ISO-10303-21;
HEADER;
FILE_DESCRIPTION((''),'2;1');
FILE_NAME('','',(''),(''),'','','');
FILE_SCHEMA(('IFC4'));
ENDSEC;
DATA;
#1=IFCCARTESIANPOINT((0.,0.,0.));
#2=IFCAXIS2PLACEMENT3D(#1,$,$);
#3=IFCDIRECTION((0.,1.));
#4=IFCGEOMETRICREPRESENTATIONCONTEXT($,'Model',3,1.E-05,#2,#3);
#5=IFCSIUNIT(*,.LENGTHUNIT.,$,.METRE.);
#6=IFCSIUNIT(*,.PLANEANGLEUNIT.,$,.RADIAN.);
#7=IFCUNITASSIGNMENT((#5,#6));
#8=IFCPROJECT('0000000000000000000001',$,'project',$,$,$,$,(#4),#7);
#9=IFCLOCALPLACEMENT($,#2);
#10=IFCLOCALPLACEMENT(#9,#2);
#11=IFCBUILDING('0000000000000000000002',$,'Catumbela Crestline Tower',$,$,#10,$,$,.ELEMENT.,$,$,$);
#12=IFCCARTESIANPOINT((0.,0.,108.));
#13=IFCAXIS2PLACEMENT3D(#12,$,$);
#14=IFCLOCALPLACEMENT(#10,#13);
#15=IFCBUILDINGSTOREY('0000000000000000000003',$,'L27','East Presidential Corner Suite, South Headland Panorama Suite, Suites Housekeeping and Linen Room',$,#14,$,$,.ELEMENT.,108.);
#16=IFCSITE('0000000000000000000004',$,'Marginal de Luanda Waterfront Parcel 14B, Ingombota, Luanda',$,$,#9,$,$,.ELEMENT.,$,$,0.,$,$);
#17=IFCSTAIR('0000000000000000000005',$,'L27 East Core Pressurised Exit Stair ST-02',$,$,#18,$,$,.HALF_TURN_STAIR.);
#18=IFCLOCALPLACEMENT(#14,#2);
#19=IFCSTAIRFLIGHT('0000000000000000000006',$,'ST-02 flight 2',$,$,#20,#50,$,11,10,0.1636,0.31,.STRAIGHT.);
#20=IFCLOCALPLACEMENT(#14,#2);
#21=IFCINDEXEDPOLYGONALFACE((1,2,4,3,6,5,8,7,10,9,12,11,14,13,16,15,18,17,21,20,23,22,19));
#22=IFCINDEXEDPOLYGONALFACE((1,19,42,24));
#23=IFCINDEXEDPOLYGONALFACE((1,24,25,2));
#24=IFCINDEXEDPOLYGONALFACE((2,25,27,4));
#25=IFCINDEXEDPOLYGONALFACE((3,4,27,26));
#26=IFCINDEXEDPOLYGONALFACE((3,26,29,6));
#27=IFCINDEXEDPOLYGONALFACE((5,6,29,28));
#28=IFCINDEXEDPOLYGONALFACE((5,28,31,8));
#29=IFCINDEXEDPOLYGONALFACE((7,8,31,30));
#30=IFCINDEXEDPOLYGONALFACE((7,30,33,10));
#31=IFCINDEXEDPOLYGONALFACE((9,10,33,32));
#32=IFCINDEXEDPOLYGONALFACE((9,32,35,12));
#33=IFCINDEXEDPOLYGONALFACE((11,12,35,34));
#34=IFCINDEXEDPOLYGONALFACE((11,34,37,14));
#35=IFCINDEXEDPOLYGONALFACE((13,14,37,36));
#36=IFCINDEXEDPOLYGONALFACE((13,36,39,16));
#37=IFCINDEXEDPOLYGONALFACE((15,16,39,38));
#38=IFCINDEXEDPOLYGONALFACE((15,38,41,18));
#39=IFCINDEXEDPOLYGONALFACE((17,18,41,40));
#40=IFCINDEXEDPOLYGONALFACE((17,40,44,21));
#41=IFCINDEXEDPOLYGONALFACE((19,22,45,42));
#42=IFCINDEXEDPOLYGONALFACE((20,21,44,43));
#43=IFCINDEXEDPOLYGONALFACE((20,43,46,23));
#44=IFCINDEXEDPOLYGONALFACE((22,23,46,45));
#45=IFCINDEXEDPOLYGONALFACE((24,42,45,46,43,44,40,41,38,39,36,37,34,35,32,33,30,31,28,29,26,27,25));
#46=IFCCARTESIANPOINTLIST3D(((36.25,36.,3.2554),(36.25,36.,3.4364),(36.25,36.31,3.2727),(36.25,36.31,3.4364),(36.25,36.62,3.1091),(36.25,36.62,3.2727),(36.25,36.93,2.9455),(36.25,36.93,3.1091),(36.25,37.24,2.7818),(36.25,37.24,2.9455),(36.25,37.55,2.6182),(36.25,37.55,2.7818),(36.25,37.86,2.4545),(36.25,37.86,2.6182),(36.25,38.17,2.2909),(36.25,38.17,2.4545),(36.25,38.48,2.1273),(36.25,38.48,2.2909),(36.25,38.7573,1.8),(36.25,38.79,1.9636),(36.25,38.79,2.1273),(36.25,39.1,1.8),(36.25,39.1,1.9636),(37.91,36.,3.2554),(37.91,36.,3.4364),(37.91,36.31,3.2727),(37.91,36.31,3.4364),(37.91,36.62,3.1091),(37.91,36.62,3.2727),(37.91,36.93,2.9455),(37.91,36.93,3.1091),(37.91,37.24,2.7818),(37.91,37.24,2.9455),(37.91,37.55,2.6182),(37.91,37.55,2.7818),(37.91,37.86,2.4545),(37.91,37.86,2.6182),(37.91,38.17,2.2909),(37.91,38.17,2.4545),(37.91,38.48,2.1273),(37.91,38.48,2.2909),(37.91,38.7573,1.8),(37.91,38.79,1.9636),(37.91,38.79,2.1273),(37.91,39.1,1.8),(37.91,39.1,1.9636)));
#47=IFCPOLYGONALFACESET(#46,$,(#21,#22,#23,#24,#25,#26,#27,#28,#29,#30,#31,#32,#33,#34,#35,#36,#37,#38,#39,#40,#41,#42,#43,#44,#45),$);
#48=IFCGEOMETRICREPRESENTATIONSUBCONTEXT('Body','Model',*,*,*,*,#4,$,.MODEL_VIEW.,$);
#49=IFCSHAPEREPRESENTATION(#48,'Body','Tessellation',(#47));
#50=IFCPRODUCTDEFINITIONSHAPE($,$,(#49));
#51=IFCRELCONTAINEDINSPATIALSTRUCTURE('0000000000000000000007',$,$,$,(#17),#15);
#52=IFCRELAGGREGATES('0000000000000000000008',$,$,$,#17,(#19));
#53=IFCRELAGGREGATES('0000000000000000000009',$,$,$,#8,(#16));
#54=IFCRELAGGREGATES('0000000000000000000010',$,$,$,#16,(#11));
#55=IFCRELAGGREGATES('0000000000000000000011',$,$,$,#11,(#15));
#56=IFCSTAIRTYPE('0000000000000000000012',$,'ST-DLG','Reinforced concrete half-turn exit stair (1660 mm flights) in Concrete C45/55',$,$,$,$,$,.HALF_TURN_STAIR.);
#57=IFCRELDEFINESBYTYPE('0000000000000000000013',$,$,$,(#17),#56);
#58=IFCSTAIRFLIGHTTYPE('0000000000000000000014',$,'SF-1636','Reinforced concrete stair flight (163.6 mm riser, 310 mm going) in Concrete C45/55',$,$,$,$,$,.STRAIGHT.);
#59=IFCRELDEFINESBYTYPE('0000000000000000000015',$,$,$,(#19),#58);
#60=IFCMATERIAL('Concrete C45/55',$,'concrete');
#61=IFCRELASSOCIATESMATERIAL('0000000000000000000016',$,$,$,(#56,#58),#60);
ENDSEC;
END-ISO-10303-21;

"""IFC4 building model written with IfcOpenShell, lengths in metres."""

from ifc_helpers import new_model, si_unit, direction, frame, origin, place, context, subcontext, project, spatial, polyline, outline, extrude, material, type_object, element, aggregate, save


model = new_model("IFC4")

# Units and contexts
model_context = context("Model", 3, precision=1e-05, world=origin(), true_north=direction((0.0, 1.0)))
body_context = subcontext(model_context, "Body", "Model", "MODEL_VIEW")
ifc_project = project(units=[si_unit("LENGTHUNIT", "METRE"), si_unit("PLANEANGLEUNIT", "RADIAN")], contexts=[model_context])

# Site, building, storey
site_placement = place(None, origin())
site = spatial("IfcSite", under=ifc_project, at=site_placement, Name="Marginal de Luanda Waterfront Parcel 14B, Ingombota, Luanda", CompositionType="ELEMENT", RefElevation=0.0)
building_placement = place(site_placement, origin())
building = spatial("IfcBuilding", under=site, at=building_placement, Name="Catumbela Crestline Tower", CompositionType="ELEMENT")
storey_placement = place(building_placement, frame((0.0, 0.0, 108.0)))
storey = spatial("IfcBuildingStorey", under=building, at=storey_placement, Name="L27", Description="East Presidential Corner Suite, South Headland Panorama Suite, Suites Housekeeping and Linen Room", CompositionType="ELEMENT", Elevation=108.0)

# Stair, stair flight
ifc_material_1 = material(Name="Concrete C45/55", Category="concrete")
stair_type = type_object("IfcStairType", Name="ST-DLG", Description="Reinforced concrete half-turn exit stair (1660 mm flights) in Concrete C45/55", PredefinedType="HALF_TURN_STAIR", material=ifc_material_1)
stair_placement = place(storey_placement, origin())
stair = element("IfcStair", 1, at=stair_placement, inside=storey, type_object=stair_type, Name="L27 East Core Pressurised Exit Stair ST-02", PredefinedType="HALF_TURN_STAIR")
stair_flight_type = type_object("IfcStairFlightType", Name="SF-1636", Description="Reinforced concrete stair flight (163.6 mm riser, 310 mm going) in Concrete C45/55", PredefinedType="STRAIGHT", material=ifc_material_1)
stair_flight_placement = place(storey_placement, frame((37.08, 39.1, 1.8), z_axis=(0.0, 0.0, 1.0), x_axis=(0.0, -1.0, 0.0)))
stair_flight = element("IfcStairFlight", 2, at=stair_flight_placement, type_object=stair_flight_type, Name="ST-02 flight 2", NumberOfRisers=11, NumberOfTreads=10, PredefinedType="STRAIGHT", RiserHeight=0.1636, TreadLength=0.31, context=body_context, shape_type="SweptSolid", body=[
    extrude(outline(polyline([(0.0, 0.0), (0.0, 0.1636), (0.31, 0.1636), (0.31, 0.3273), (0.62, 0.3273), (0.62, 0.4909), (0.93, 0.4909), (0.93, 0.6545), (1.24, 0.6545), (1.24, 0.8182), (1.55, 0.8182), (1.55, 0.9818), (1.86, 0.9818), (1.86, 1.1455), (2.17, 1.1455), (2.17, 1.3091), (2.48, 1.3091), (2.48, 1.4727), (2.79, 1.4727), (2.79, 1.6364), (3.1, 1.6364), (3.1, 1.8), (3.1, 1.4554), (0.3427, 0.0), (0.0, 0.0)])), frame((0.0, 0.83, 0.0), z_axis=(0.0, -1.0, 0.0), x_axis=(1.0, 0.0, 0.0)), (0.0, 0.0, 1.0), 1.66),
])
aggregate(stair, [stair_flight])

save(model, "model.ifc")
